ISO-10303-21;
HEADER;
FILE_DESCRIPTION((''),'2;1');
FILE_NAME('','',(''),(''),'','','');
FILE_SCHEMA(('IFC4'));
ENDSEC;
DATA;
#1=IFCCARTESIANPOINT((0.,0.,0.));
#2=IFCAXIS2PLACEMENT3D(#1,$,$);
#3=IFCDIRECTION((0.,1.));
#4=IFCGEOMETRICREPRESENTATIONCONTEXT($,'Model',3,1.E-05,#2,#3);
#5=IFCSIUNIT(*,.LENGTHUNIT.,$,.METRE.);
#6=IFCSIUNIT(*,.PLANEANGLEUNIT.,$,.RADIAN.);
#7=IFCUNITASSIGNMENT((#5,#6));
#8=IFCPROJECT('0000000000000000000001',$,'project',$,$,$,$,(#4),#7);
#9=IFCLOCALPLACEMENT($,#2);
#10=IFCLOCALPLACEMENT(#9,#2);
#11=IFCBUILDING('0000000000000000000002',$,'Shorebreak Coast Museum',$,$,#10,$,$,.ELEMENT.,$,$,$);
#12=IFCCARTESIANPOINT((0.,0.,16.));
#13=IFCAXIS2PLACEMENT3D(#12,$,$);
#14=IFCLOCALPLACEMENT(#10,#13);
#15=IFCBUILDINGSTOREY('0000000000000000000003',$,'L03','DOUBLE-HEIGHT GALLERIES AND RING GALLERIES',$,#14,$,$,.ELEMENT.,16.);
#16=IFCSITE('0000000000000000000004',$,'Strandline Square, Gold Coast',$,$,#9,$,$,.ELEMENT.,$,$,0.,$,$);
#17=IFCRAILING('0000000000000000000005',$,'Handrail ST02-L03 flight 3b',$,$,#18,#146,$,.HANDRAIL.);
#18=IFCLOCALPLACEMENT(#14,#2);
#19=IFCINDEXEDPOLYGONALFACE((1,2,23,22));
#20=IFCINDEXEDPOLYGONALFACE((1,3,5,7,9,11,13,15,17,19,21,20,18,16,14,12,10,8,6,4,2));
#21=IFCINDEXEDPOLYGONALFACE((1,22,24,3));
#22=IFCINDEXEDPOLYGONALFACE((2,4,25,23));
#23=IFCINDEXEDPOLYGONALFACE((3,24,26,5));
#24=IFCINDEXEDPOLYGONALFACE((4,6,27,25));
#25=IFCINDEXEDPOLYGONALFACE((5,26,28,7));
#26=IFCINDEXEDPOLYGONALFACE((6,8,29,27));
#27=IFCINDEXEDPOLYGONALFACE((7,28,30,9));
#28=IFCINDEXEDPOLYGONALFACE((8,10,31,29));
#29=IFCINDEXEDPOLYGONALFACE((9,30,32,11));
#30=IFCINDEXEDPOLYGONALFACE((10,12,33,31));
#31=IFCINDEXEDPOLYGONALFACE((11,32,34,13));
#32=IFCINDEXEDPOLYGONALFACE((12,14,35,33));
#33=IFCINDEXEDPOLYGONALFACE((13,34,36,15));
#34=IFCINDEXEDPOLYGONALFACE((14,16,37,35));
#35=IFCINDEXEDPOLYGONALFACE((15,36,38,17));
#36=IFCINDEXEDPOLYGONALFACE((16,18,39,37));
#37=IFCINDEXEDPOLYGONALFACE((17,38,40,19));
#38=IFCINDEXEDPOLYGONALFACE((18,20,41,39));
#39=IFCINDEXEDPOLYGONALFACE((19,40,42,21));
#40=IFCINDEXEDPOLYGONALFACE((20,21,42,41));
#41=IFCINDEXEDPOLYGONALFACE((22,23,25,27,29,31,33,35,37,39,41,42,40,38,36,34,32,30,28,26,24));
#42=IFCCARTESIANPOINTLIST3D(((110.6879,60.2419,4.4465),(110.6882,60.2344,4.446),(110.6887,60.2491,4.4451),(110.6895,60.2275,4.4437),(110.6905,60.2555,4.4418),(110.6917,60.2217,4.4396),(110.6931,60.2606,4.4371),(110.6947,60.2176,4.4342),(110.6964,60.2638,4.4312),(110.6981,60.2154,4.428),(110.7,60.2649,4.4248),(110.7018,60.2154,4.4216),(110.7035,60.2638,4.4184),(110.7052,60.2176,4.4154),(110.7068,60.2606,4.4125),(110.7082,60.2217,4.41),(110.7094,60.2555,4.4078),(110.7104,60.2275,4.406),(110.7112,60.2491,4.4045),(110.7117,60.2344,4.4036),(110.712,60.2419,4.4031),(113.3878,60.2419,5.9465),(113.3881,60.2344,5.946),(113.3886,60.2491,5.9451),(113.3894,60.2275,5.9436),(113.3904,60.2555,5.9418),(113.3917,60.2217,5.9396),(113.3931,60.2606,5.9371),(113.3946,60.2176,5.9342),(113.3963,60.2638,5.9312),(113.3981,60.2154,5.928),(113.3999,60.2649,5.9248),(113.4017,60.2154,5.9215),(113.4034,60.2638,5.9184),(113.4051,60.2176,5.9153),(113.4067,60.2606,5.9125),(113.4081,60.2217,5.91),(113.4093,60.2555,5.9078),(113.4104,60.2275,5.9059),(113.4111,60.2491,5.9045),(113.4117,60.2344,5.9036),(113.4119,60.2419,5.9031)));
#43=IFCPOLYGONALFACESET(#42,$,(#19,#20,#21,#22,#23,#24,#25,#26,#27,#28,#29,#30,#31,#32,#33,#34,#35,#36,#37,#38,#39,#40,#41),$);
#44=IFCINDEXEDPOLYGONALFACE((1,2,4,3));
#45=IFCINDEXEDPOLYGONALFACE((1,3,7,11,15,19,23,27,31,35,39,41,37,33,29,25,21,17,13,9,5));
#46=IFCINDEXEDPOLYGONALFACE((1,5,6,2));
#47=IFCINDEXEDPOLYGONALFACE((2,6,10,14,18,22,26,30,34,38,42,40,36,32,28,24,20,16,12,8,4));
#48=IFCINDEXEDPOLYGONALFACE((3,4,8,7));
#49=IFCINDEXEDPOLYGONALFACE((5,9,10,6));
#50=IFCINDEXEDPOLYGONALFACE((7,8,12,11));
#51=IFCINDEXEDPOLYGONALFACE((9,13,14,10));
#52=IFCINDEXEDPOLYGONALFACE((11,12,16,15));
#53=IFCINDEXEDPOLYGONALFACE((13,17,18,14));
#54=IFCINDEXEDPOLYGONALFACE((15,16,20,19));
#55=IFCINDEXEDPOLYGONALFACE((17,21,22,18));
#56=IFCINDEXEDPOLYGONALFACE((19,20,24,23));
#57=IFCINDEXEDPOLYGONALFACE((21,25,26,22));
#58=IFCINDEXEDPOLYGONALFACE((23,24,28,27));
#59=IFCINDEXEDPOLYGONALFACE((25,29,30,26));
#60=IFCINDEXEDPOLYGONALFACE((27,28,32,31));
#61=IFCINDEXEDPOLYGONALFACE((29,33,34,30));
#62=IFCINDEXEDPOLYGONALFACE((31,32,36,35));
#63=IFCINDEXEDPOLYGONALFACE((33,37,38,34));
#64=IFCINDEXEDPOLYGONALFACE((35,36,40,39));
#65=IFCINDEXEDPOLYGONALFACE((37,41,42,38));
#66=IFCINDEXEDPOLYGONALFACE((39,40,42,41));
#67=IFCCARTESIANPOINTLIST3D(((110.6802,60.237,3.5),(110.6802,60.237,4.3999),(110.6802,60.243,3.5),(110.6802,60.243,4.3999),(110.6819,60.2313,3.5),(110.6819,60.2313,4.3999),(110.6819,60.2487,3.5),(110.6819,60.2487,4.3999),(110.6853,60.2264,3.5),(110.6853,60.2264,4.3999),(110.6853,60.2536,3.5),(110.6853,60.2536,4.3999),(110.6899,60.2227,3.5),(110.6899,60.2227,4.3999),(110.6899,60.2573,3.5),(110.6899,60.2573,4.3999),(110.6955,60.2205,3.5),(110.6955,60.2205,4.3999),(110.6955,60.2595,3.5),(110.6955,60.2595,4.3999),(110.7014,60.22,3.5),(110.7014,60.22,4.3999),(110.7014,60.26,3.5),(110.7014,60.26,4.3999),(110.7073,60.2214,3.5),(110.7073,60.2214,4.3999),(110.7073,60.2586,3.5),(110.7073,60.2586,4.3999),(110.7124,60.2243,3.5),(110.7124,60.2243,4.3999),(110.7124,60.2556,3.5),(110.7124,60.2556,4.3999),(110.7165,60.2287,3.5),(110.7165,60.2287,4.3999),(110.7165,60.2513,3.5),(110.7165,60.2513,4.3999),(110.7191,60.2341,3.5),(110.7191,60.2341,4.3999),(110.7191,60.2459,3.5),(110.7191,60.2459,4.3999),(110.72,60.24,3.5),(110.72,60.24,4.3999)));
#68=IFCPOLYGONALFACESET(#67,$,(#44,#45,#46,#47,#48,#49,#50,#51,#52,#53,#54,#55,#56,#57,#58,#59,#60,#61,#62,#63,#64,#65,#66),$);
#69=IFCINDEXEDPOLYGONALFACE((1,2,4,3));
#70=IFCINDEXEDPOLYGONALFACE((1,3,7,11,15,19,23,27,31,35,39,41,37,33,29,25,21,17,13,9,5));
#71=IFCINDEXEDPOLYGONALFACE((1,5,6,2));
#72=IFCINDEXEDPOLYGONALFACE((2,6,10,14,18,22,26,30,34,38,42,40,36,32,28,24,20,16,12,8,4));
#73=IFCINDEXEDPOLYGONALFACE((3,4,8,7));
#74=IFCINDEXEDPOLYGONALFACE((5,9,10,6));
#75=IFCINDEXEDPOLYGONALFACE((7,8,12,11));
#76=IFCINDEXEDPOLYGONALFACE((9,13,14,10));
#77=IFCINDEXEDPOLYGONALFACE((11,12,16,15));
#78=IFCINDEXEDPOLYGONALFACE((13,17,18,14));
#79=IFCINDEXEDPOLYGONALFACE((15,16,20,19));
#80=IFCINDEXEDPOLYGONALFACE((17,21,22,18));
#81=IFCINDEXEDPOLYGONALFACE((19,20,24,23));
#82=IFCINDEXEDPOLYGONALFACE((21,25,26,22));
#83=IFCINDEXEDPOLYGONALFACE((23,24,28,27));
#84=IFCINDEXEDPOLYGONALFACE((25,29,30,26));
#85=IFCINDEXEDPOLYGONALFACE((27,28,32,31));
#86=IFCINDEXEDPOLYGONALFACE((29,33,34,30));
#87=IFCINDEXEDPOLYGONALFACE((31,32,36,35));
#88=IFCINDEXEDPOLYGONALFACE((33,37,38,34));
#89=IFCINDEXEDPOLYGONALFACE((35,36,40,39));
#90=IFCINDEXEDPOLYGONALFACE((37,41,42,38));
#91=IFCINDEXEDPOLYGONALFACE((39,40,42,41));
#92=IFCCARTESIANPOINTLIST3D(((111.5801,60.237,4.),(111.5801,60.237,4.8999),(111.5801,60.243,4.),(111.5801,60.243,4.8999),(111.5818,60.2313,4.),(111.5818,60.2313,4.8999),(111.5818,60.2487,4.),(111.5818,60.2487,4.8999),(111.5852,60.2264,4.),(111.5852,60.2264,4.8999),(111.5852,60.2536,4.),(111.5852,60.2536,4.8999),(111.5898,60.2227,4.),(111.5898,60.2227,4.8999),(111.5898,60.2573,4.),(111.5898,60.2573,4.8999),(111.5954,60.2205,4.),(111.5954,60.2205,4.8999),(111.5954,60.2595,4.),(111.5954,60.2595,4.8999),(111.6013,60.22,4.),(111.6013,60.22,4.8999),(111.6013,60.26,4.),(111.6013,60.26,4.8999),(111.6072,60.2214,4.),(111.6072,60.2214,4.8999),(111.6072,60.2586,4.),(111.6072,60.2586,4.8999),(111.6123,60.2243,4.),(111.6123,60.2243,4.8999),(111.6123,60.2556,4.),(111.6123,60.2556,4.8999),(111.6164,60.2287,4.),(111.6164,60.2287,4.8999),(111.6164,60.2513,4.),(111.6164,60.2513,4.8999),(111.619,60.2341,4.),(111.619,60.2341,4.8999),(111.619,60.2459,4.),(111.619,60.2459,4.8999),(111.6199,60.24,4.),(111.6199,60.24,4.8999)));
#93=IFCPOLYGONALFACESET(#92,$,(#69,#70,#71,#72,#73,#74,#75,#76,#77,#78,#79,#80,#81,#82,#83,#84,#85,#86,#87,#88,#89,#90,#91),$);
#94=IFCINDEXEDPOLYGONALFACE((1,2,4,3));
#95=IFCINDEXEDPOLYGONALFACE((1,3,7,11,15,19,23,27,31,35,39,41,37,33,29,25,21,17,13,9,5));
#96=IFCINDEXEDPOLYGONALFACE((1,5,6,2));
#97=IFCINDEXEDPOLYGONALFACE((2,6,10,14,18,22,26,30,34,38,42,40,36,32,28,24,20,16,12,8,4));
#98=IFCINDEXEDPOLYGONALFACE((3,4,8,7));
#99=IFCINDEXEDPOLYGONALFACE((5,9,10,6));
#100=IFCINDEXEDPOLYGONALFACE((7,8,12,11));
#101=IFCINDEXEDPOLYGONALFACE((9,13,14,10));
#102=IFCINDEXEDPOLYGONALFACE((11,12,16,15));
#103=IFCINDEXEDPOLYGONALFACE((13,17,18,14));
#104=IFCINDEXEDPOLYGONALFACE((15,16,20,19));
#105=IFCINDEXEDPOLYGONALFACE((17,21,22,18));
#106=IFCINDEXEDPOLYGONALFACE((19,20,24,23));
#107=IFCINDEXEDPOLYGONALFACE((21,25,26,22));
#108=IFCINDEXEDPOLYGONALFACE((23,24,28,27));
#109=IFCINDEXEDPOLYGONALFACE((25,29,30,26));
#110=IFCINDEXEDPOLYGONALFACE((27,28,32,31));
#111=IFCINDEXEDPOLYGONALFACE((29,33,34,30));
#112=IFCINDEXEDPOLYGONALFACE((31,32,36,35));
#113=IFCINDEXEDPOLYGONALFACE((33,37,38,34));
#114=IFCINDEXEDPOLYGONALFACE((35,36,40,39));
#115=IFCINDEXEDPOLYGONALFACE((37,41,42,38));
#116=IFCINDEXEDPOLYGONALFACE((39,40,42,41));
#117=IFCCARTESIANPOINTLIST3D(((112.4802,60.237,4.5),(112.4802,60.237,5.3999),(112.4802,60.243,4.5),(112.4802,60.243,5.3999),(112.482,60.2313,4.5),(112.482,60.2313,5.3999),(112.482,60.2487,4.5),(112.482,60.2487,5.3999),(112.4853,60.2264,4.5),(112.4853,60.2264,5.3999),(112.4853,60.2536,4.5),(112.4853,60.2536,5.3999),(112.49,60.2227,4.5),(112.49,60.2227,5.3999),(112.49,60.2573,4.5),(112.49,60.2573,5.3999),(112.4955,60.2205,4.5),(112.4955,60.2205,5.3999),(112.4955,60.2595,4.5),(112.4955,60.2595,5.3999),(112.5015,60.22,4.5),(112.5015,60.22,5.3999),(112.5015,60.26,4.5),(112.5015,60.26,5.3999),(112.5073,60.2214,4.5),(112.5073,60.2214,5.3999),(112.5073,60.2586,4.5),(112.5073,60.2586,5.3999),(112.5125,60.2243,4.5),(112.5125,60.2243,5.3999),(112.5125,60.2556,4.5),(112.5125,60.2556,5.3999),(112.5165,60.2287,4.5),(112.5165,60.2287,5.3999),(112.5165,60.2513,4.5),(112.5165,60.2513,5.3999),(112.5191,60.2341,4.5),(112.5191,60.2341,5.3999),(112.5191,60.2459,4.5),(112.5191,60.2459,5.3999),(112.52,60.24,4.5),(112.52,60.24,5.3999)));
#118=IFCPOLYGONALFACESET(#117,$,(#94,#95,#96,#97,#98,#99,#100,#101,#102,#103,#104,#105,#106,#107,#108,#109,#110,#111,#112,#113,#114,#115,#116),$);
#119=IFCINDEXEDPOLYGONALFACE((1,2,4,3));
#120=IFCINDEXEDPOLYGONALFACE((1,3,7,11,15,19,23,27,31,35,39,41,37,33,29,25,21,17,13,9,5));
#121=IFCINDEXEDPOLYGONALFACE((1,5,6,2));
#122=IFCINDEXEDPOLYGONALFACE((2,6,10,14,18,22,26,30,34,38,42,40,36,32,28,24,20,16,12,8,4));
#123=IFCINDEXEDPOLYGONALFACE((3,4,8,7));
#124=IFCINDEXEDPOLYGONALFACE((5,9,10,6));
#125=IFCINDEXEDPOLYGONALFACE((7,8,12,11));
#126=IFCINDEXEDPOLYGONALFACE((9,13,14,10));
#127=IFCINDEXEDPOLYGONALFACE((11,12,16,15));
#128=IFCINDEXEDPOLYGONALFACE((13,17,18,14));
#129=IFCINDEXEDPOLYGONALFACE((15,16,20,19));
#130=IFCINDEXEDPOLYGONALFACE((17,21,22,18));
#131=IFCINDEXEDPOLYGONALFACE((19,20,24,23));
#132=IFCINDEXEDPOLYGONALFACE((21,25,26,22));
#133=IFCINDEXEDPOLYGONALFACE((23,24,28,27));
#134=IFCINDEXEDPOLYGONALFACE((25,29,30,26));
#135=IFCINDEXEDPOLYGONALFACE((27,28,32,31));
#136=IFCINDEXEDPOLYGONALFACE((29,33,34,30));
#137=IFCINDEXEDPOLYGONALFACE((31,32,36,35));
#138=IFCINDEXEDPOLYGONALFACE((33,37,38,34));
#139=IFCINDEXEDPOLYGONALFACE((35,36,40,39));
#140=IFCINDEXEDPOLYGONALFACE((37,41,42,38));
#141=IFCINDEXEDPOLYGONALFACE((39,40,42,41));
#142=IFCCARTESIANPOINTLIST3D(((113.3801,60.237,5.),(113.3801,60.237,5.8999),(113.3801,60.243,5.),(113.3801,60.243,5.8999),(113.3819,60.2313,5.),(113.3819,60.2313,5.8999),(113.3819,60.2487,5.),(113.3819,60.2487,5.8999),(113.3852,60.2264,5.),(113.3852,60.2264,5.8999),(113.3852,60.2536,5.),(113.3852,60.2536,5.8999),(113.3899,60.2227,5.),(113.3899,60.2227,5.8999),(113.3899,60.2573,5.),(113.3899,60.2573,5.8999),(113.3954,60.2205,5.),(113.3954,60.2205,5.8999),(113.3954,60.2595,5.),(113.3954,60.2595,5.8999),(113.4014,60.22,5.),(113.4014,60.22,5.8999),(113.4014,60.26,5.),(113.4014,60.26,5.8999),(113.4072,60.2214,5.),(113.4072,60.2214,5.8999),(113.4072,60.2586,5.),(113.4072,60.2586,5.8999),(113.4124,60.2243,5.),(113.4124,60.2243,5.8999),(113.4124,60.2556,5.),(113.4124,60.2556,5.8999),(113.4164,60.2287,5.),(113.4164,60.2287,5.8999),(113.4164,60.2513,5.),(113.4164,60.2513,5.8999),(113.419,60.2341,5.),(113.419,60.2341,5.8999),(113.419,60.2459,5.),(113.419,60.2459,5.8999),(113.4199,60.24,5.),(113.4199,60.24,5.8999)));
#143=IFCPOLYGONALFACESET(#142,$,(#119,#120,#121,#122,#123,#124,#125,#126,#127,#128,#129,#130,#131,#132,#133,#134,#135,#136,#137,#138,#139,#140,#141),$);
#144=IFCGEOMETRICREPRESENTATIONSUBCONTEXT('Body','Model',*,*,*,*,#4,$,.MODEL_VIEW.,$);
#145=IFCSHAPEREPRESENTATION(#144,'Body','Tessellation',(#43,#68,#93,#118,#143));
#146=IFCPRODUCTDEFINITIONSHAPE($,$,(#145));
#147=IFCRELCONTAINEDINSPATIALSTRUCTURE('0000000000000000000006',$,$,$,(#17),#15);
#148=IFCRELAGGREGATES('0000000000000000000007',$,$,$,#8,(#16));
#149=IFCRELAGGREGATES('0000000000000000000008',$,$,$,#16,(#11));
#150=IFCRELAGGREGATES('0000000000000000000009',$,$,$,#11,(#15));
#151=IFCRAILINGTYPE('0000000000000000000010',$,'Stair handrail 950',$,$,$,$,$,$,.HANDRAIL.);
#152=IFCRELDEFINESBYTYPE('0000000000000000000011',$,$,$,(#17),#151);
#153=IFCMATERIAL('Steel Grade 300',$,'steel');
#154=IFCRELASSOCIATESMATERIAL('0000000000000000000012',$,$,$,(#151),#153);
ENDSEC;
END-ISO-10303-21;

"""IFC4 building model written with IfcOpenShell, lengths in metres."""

from ifc_helpers import new_model, si_unit, direction, frame, origin, origin_2d, place, context, subcontext, project, spatial, circle, extrude, material, type_object, element, save


model = new_model("IFC4")

# Units and contexts
model_context = context("Model", 3, precision=1e-05, world=origin(), true_north=direction((0.0, 1.0)))
body_context = subcontext(model_context, "Body", "Model", "MODEL_VIEW")
ifc_project = project(units=[si_unit("LENGTHUNIT", "METRE"), si_unit("PLANEANGLEUNIT", "RADIAN")], contexts=[model_context])

# Site, building, storey
site_placement = place(None, origin())
site = spatial("IfcSite", under=ifc_project, at=site_placement, Name="Strandline Square, Gold Coast", CompositionType="ELEMENT", RefElevation=0.0)
building_placement = place(site_placement, origin())
building = spatial("IfcBuilding", under=site, at=building_placement, Name="Shorebreak Coast Museum", CompositionType="ELEMENT")
storey_placement = place(building_placement, frame((0.0, 0.0, 16.0)))
storey = spatial("IfcBuildingStorey", under=building, at=storey_placement, Name="L03", Description="DOUBLE-HEIGHT GALLERIES AND RING GALLERIES", CompositionType="ELEMENT", Elevation=16.0)

# Railing
ifc_material_1 = material(Name="Steel Grade 300", Category="steel")
railing_type_1 = type_object("IfcRailingType", Name="Stair handrail 950", PredefinedType="HANDRAIL", material=ifc_material_1)
for number, where, name in (
    (1, (110.7, 60.24, 3.5), "Handrail ST02-L03 flight 3b"),
):
    element("IfcRailing", number, at=place(storey_placement, frame(where)), inside=storey, type_object=railing_type_1, Name=name, PredefinedType="HANDRAIL", context=body_context, shape_type="SweptSolid", body=[
        extrude(circle(Radius=0.0249, at=origin_2d()), frame((0.0, 0.0, 0.9248), z_axis=(0.874154, 0.0, 0.48565), x_axis=(0.0, 1.0, 0.0)), (0.0, 0.0, 1.0), 3.0886),
        extrude(circle(Radius=0.02, at=origin_2d()), origin(), (0.0, 0.0, 1.0), 0.8999),
        extrude(circle(Radius=0.02, at=origin_2d()), frame((0.8999, 0.0, 0.5)), (0.0, 0.0, 1.0), 0.8999),
        extrude(circle(Radius=0.02, at=origin_2d()), frame((1.8, 0.0, 1.0)), (0.0, 0.0, 1.0), 0.8999),
        extrude(circle(Radius=0.02, at=origin_2d()), frame((2.7, 0.0, 1.5)), (0.0, 0.0, 1.0), 0.8999),
    ])

save(model, "model.ifc")
